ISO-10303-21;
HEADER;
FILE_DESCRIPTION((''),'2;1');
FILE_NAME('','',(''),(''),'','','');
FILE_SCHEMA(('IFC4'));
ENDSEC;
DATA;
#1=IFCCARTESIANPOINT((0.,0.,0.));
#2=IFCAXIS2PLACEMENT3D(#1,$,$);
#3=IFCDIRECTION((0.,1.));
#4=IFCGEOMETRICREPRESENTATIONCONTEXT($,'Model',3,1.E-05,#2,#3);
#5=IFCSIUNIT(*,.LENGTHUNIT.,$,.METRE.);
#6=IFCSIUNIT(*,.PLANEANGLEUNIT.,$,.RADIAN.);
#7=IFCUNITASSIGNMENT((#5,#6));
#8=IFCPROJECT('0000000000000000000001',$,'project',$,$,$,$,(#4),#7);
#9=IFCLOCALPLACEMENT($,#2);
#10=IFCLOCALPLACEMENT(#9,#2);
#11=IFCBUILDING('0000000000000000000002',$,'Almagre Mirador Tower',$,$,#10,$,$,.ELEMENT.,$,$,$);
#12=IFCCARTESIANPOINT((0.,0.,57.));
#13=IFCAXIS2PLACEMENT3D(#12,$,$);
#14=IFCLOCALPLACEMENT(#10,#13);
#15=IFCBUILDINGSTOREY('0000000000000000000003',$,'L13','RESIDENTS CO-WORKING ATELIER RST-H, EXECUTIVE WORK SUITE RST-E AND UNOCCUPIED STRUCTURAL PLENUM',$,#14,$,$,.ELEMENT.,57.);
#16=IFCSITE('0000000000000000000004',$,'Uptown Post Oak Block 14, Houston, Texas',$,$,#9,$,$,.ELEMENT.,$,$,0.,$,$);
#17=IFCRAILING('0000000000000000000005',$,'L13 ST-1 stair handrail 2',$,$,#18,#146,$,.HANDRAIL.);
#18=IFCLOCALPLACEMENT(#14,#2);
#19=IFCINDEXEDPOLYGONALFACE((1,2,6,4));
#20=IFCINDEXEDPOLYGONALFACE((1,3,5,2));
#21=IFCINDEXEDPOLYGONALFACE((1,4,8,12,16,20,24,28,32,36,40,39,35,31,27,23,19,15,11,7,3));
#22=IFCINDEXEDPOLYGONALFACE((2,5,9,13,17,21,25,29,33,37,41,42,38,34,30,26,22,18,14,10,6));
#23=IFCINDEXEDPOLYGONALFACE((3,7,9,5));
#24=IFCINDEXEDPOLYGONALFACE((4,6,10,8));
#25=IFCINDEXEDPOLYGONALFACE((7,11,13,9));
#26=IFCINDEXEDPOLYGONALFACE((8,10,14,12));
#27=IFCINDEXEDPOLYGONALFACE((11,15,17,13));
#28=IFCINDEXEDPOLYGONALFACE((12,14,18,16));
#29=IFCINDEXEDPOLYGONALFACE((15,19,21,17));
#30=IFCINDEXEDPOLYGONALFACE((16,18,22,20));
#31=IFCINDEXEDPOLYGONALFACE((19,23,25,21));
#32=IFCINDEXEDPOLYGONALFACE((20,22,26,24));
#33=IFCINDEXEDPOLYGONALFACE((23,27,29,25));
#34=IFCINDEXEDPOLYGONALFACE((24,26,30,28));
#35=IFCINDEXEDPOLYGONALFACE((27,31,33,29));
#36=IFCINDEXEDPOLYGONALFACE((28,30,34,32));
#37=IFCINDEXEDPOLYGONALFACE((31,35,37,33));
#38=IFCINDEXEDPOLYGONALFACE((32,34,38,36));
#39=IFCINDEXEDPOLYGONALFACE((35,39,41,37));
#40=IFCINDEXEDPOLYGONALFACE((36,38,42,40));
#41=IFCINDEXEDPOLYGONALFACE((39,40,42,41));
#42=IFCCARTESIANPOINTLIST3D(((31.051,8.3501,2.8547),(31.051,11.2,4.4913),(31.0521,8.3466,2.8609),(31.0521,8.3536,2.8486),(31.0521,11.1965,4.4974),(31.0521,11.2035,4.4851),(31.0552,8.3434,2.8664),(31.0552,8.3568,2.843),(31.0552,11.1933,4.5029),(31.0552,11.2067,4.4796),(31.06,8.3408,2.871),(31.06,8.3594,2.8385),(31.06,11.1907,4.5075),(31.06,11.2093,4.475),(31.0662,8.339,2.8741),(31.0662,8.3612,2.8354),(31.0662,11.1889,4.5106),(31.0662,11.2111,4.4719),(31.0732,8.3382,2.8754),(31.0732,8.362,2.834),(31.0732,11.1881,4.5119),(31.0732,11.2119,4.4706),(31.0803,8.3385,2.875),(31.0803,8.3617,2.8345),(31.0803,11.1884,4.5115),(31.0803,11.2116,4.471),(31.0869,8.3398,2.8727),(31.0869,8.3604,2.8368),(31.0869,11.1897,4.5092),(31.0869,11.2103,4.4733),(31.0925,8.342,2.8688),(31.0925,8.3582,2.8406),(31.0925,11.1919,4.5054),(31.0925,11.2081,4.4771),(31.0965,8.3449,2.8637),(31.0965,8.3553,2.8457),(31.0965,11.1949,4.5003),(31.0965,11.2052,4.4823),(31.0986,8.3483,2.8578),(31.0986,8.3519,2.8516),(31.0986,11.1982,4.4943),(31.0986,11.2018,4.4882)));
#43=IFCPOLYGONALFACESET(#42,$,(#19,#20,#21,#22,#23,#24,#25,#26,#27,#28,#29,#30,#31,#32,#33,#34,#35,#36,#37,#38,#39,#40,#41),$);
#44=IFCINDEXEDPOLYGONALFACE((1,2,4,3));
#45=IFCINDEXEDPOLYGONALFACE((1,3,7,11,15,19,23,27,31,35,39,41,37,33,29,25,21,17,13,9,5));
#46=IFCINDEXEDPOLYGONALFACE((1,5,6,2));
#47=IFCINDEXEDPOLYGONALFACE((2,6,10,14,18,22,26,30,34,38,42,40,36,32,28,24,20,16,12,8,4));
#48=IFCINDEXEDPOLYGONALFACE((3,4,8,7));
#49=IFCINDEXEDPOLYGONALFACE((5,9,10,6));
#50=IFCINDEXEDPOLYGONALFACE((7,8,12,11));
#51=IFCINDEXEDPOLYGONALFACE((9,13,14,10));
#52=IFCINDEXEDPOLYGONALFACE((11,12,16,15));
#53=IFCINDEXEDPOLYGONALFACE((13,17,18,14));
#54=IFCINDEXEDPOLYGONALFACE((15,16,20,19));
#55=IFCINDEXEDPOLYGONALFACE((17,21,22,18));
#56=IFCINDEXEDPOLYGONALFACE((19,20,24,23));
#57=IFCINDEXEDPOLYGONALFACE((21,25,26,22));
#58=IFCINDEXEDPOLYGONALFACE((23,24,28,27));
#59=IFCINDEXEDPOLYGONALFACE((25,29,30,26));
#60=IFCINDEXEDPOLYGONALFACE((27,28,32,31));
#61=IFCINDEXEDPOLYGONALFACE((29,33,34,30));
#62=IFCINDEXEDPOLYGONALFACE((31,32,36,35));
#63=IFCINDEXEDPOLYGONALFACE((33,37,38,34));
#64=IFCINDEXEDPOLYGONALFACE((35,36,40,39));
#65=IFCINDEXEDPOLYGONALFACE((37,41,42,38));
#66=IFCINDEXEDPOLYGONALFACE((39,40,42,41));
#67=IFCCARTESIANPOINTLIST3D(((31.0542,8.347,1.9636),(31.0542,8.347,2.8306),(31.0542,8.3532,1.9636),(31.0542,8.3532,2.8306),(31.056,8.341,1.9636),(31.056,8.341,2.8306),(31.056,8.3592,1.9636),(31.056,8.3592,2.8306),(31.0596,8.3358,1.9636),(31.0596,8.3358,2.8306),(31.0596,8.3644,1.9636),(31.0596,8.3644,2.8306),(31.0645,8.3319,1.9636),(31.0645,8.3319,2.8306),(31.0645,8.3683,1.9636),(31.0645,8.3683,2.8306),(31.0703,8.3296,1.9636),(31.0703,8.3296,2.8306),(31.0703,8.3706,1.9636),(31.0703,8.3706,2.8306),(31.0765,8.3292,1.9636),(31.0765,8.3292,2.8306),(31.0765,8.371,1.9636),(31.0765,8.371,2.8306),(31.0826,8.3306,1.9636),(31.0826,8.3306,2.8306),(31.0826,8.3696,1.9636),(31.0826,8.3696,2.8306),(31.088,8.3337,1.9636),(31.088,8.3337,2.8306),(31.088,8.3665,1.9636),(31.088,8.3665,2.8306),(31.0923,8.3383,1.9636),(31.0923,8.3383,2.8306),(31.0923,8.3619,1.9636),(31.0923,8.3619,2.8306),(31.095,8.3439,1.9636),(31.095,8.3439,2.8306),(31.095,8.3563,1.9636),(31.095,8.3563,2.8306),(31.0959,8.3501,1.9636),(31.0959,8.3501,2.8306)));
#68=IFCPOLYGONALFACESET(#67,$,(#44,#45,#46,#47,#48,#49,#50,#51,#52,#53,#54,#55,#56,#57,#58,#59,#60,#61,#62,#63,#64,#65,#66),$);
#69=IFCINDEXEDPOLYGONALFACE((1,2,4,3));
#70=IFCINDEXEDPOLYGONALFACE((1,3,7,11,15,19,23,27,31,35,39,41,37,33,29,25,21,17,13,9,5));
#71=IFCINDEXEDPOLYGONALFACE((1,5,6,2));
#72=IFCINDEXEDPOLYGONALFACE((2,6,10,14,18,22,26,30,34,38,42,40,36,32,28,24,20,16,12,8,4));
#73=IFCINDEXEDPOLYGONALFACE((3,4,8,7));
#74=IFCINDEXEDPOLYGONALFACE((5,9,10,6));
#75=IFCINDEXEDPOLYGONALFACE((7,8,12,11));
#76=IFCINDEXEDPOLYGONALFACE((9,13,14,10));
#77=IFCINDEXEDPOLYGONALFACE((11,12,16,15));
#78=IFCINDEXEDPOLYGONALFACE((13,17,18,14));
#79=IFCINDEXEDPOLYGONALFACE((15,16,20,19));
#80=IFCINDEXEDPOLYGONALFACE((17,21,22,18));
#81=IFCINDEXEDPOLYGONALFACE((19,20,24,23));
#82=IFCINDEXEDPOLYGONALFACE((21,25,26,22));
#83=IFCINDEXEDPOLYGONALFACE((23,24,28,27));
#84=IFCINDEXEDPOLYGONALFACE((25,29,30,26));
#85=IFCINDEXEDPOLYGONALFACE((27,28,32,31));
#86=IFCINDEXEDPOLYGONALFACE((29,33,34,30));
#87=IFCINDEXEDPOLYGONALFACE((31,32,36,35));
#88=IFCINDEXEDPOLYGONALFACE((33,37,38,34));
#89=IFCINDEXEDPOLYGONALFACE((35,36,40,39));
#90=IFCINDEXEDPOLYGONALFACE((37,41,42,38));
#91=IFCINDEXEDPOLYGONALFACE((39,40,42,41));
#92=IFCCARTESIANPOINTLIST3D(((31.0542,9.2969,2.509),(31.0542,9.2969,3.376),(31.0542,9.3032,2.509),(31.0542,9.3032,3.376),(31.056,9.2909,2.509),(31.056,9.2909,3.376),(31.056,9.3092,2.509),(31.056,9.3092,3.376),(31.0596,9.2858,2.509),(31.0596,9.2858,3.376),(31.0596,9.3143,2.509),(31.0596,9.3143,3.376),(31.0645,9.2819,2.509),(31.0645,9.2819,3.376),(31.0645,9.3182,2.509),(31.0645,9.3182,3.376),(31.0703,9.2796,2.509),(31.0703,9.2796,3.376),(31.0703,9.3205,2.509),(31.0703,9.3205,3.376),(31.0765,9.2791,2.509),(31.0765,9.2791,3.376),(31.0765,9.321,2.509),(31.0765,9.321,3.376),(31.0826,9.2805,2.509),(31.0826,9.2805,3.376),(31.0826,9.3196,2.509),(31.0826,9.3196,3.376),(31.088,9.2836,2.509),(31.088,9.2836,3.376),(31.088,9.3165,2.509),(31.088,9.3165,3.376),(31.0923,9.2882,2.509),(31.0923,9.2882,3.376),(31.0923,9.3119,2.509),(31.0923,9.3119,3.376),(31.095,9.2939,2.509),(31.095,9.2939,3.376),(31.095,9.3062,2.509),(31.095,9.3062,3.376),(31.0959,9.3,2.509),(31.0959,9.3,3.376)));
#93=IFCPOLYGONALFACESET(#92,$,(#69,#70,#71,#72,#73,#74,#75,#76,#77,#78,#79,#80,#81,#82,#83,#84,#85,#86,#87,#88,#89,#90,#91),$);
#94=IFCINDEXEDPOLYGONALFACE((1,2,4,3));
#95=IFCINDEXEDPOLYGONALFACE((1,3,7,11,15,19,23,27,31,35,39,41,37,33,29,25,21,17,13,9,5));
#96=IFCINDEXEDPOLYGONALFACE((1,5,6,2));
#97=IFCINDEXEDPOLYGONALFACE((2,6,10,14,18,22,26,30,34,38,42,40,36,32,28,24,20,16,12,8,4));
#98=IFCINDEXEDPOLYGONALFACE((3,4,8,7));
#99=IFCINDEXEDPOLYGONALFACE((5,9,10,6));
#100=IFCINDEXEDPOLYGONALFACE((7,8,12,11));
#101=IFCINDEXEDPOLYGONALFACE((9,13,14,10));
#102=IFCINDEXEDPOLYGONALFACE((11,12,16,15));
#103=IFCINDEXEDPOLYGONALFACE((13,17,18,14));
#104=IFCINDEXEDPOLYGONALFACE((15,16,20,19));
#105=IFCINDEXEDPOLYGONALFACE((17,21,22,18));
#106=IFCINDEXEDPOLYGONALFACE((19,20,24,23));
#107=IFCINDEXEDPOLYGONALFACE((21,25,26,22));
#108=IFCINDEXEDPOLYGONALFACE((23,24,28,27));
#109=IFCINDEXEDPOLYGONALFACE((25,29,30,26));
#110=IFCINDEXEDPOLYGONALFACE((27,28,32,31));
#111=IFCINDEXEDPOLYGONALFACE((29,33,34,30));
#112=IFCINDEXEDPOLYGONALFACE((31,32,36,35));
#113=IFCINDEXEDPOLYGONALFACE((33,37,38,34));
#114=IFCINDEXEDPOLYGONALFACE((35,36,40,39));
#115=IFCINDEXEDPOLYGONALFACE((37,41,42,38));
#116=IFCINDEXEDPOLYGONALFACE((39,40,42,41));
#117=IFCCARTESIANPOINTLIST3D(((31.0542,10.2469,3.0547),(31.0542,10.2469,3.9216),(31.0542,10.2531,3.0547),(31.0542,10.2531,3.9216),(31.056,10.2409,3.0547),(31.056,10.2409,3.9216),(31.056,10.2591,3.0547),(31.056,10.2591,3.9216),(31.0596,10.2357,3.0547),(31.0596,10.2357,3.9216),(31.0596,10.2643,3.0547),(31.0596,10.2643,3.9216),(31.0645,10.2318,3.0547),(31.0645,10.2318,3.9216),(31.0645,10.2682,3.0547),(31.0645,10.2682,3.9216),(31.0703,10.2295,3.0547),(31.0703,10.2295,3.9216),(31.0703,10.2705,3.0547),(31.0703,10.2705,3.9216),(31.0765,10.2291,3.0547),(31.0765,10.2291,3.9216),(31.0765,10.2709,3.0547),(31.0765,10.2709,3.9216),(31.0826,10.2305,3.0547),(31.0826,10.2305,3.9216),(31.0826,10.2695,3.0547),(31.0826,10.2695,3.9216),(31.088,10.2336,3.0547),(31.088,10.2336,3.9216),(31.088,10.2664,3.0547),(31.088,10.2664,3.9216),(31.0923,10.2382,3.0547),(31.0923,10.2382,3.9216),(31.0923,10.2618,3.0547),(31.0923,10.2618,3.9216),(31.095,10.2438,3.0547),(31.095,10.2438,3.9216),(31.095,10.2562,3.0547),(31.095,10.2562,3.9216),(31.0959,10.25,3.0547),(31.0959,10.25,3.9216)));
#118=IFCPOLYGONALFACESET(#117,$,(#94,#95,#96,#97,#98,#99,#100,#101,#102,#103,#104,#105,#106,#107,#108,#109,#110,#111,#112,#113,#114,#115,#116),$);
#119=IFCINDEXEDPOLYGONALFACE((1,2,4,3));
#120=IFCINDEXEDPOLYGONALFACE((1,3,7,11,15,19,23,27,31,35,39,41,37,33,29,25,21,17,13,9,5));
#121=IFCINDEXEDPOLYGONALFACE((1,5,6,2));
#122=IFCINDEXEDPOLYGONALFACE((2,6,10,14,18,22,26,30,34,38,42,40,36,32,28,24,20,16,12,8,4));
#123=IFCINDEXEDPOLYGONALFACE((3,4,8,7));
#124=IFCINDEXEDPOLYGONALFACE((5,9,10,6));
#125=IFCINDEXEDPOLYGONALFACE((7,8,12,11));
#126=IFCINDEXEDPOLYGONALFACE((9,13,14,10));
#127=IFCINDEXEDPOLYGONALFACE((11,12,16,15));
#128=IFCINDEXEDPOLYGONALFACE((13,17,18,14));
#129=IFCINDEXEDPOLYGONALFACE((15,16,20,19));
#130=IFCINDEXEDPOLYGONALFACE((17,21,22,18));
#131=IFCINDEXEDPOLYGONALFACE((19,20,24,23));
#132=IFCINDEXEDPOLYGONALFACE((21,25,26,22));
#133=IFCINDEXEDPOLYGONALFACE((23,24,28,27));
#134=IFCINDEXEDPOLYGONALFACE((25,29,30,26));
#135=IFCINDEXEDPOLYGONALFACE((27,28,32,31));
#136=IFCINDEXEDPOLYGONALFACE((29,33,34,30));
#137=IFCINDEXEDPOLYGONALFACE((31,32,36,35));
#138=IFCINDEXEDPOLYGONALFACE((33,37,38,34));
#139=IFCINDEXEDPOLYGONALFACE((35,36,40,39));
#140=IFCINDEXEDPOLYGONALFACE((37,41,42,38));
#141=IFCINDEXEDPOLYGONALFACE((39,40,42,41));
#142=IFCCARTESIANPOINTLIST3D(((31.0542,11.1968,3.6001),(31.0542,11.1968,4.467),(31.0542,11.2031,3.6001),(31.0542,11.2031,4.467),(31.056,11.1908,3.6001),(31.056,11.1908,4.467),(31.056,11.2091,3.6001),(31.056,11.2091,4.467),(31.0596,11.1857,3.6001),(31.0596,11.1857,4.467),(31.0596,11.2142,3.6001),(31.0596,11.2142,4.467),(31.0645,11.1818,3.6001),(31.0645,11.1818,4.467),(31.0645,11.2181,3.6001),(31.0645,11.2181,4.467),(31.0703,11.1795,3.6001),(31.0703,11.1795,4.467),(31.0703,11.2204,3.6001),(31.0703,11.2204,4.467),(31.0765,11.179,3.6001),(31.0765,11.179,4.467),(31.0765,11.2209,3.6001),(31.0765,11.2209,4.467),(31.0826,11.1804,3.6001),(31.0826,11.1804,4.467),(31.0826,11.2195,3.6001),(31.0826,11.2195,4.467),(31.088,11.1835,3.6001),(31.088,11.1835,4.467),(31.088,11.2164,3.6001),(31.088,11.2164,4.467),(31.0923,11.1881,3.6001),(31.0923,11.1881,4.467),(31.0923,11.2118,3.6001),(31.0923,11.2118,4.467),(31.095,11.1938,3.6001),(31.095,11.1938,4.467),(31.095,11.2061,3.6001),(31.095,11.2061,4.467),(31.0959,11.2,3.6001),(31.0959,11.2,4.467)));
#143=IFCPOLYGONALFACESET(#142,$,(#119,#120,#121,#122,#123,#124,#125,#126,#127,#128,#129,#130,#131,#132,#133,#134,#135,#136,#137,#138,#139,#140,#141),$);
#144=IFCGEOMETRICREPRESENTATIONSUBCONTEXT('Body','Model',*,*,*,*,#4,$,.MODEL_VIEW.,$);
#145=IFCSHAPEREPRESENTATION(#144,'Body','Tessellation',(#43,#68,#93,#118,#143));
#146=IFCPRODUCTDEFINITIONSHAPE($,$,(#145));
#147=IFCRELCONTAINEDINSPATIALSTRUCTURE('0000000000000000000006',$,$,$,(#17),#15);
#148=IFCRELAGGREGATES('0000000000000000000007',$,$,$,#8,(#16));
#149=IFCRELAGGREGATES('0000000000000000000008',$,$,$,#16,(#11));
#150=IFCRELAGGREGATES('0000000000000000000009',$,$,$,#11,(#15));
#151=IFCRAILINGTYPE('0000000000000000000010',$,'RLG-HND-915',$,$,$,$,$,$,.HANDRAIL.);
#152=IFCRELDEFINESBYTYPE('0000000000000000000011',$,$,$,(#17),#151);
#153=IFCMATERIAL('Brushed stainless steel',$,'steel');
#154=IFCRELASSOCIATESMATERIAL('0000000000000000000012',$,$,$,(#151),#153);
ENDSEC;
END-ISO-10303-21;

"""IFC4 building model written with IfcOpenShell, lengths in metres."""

from ifc_helpers import new_model, si_unit, direction, frame, origin, origin_2d, place, context, subcontext, project, spatial, circle, extrude, material, type_object, element, save


model = new_model("IFC4")

# Units and contexts
model_context = context("Model", 3, precision=1e-05, world=origin(), true_north=direction((0.0, 1.0)))
body_context = subcontext(model_context, "Body", "Model", "MODEL_VIEW")
ifc_project = project(units=[si_unit("LENGTHUNIT", "METRE"), si_unit("PLANEANGLEUNIT", "RADIAN")], contexts=[model_context])

# Site, building, storey
site_placement = place(None, origin())
site = spatial("IfcSite", under=ifc_project, at=site_placement, Name="Uptown Post Oak Block 14, Houston, Texas", CompositionType="ELEMENT", RefElevation=0.0)
building_placement = place(site_placement, origin())
building = spatial("IfcBuilding", under=site, at=building_placement, Name="Almagre Mirador Tower", CompositionType="ELEMENT")
storey_placement = place(building_placement, frame((0.0, 0.0, 57.0)))
storey = spatial("IfcBuildingStorey", under=building, at=storey_placement, Name="L13", Description="RESIDENTS CO-WORKING ATELIER RST-H, EXECUTIVE WORK SUITE RST-E AND UNOCCUPIED STRUCTURAL PLENUM", CompositionType="ELEMENT", Elevation=57.0)

# Railing
ifc_material_1 = material(Name="Brushed stainless steel", Category="steel")
railing_type_1 = type_object("IfcRailingType", Name="RLG-HND-915", PredefinedType="HANDRAIL", material=ifc_material_1)
railing_1_placement = place(storey_placement, frame((31.075, 8.3501, 1.9636)))
element("IfcRailing", 1, at=railing_1_placement, inside=storey, type_object=railing_type_1, Name="L13 ST-1 stair handrail 2", PredefinedType="HANDRAIL", context=body_context, shape_type="SweptSolid", body=[
    extrude(circle(Radius=0.0239, at=origin_2d()), frame((0.0, 0.0, 0.8911), z_axis=(0.0, 0.867194, 0.49797), x_axis=(-1.0, 0.0, 0.0)), (0.0, 0.0, 1.0), 3.2864),
    extrude(circle(Radius=0.021, at=origin_2d()), origin(), (0.0, 0.0, 1.0), 0.8669),
    extrude(circle(Radius=0.021, at=origin_2d()), frame((0.0, 0.95, 0.5454)), (0.0, 0.0, 1.0), 0.8669),
    extrude(circle(Radius=0.021, at=origin_2d()), frame((0.0, 1.8999, 1.0911)), (0.0, 0.0, 1.0), 0.8669),
    extrude(circle(Radius=0.021, at=origin_2d()), frame((0.0, 2.8499, 1.6365)), (0.0, 0.0, 1.0), 0.8669),
])

save(model, "model.ifc")
